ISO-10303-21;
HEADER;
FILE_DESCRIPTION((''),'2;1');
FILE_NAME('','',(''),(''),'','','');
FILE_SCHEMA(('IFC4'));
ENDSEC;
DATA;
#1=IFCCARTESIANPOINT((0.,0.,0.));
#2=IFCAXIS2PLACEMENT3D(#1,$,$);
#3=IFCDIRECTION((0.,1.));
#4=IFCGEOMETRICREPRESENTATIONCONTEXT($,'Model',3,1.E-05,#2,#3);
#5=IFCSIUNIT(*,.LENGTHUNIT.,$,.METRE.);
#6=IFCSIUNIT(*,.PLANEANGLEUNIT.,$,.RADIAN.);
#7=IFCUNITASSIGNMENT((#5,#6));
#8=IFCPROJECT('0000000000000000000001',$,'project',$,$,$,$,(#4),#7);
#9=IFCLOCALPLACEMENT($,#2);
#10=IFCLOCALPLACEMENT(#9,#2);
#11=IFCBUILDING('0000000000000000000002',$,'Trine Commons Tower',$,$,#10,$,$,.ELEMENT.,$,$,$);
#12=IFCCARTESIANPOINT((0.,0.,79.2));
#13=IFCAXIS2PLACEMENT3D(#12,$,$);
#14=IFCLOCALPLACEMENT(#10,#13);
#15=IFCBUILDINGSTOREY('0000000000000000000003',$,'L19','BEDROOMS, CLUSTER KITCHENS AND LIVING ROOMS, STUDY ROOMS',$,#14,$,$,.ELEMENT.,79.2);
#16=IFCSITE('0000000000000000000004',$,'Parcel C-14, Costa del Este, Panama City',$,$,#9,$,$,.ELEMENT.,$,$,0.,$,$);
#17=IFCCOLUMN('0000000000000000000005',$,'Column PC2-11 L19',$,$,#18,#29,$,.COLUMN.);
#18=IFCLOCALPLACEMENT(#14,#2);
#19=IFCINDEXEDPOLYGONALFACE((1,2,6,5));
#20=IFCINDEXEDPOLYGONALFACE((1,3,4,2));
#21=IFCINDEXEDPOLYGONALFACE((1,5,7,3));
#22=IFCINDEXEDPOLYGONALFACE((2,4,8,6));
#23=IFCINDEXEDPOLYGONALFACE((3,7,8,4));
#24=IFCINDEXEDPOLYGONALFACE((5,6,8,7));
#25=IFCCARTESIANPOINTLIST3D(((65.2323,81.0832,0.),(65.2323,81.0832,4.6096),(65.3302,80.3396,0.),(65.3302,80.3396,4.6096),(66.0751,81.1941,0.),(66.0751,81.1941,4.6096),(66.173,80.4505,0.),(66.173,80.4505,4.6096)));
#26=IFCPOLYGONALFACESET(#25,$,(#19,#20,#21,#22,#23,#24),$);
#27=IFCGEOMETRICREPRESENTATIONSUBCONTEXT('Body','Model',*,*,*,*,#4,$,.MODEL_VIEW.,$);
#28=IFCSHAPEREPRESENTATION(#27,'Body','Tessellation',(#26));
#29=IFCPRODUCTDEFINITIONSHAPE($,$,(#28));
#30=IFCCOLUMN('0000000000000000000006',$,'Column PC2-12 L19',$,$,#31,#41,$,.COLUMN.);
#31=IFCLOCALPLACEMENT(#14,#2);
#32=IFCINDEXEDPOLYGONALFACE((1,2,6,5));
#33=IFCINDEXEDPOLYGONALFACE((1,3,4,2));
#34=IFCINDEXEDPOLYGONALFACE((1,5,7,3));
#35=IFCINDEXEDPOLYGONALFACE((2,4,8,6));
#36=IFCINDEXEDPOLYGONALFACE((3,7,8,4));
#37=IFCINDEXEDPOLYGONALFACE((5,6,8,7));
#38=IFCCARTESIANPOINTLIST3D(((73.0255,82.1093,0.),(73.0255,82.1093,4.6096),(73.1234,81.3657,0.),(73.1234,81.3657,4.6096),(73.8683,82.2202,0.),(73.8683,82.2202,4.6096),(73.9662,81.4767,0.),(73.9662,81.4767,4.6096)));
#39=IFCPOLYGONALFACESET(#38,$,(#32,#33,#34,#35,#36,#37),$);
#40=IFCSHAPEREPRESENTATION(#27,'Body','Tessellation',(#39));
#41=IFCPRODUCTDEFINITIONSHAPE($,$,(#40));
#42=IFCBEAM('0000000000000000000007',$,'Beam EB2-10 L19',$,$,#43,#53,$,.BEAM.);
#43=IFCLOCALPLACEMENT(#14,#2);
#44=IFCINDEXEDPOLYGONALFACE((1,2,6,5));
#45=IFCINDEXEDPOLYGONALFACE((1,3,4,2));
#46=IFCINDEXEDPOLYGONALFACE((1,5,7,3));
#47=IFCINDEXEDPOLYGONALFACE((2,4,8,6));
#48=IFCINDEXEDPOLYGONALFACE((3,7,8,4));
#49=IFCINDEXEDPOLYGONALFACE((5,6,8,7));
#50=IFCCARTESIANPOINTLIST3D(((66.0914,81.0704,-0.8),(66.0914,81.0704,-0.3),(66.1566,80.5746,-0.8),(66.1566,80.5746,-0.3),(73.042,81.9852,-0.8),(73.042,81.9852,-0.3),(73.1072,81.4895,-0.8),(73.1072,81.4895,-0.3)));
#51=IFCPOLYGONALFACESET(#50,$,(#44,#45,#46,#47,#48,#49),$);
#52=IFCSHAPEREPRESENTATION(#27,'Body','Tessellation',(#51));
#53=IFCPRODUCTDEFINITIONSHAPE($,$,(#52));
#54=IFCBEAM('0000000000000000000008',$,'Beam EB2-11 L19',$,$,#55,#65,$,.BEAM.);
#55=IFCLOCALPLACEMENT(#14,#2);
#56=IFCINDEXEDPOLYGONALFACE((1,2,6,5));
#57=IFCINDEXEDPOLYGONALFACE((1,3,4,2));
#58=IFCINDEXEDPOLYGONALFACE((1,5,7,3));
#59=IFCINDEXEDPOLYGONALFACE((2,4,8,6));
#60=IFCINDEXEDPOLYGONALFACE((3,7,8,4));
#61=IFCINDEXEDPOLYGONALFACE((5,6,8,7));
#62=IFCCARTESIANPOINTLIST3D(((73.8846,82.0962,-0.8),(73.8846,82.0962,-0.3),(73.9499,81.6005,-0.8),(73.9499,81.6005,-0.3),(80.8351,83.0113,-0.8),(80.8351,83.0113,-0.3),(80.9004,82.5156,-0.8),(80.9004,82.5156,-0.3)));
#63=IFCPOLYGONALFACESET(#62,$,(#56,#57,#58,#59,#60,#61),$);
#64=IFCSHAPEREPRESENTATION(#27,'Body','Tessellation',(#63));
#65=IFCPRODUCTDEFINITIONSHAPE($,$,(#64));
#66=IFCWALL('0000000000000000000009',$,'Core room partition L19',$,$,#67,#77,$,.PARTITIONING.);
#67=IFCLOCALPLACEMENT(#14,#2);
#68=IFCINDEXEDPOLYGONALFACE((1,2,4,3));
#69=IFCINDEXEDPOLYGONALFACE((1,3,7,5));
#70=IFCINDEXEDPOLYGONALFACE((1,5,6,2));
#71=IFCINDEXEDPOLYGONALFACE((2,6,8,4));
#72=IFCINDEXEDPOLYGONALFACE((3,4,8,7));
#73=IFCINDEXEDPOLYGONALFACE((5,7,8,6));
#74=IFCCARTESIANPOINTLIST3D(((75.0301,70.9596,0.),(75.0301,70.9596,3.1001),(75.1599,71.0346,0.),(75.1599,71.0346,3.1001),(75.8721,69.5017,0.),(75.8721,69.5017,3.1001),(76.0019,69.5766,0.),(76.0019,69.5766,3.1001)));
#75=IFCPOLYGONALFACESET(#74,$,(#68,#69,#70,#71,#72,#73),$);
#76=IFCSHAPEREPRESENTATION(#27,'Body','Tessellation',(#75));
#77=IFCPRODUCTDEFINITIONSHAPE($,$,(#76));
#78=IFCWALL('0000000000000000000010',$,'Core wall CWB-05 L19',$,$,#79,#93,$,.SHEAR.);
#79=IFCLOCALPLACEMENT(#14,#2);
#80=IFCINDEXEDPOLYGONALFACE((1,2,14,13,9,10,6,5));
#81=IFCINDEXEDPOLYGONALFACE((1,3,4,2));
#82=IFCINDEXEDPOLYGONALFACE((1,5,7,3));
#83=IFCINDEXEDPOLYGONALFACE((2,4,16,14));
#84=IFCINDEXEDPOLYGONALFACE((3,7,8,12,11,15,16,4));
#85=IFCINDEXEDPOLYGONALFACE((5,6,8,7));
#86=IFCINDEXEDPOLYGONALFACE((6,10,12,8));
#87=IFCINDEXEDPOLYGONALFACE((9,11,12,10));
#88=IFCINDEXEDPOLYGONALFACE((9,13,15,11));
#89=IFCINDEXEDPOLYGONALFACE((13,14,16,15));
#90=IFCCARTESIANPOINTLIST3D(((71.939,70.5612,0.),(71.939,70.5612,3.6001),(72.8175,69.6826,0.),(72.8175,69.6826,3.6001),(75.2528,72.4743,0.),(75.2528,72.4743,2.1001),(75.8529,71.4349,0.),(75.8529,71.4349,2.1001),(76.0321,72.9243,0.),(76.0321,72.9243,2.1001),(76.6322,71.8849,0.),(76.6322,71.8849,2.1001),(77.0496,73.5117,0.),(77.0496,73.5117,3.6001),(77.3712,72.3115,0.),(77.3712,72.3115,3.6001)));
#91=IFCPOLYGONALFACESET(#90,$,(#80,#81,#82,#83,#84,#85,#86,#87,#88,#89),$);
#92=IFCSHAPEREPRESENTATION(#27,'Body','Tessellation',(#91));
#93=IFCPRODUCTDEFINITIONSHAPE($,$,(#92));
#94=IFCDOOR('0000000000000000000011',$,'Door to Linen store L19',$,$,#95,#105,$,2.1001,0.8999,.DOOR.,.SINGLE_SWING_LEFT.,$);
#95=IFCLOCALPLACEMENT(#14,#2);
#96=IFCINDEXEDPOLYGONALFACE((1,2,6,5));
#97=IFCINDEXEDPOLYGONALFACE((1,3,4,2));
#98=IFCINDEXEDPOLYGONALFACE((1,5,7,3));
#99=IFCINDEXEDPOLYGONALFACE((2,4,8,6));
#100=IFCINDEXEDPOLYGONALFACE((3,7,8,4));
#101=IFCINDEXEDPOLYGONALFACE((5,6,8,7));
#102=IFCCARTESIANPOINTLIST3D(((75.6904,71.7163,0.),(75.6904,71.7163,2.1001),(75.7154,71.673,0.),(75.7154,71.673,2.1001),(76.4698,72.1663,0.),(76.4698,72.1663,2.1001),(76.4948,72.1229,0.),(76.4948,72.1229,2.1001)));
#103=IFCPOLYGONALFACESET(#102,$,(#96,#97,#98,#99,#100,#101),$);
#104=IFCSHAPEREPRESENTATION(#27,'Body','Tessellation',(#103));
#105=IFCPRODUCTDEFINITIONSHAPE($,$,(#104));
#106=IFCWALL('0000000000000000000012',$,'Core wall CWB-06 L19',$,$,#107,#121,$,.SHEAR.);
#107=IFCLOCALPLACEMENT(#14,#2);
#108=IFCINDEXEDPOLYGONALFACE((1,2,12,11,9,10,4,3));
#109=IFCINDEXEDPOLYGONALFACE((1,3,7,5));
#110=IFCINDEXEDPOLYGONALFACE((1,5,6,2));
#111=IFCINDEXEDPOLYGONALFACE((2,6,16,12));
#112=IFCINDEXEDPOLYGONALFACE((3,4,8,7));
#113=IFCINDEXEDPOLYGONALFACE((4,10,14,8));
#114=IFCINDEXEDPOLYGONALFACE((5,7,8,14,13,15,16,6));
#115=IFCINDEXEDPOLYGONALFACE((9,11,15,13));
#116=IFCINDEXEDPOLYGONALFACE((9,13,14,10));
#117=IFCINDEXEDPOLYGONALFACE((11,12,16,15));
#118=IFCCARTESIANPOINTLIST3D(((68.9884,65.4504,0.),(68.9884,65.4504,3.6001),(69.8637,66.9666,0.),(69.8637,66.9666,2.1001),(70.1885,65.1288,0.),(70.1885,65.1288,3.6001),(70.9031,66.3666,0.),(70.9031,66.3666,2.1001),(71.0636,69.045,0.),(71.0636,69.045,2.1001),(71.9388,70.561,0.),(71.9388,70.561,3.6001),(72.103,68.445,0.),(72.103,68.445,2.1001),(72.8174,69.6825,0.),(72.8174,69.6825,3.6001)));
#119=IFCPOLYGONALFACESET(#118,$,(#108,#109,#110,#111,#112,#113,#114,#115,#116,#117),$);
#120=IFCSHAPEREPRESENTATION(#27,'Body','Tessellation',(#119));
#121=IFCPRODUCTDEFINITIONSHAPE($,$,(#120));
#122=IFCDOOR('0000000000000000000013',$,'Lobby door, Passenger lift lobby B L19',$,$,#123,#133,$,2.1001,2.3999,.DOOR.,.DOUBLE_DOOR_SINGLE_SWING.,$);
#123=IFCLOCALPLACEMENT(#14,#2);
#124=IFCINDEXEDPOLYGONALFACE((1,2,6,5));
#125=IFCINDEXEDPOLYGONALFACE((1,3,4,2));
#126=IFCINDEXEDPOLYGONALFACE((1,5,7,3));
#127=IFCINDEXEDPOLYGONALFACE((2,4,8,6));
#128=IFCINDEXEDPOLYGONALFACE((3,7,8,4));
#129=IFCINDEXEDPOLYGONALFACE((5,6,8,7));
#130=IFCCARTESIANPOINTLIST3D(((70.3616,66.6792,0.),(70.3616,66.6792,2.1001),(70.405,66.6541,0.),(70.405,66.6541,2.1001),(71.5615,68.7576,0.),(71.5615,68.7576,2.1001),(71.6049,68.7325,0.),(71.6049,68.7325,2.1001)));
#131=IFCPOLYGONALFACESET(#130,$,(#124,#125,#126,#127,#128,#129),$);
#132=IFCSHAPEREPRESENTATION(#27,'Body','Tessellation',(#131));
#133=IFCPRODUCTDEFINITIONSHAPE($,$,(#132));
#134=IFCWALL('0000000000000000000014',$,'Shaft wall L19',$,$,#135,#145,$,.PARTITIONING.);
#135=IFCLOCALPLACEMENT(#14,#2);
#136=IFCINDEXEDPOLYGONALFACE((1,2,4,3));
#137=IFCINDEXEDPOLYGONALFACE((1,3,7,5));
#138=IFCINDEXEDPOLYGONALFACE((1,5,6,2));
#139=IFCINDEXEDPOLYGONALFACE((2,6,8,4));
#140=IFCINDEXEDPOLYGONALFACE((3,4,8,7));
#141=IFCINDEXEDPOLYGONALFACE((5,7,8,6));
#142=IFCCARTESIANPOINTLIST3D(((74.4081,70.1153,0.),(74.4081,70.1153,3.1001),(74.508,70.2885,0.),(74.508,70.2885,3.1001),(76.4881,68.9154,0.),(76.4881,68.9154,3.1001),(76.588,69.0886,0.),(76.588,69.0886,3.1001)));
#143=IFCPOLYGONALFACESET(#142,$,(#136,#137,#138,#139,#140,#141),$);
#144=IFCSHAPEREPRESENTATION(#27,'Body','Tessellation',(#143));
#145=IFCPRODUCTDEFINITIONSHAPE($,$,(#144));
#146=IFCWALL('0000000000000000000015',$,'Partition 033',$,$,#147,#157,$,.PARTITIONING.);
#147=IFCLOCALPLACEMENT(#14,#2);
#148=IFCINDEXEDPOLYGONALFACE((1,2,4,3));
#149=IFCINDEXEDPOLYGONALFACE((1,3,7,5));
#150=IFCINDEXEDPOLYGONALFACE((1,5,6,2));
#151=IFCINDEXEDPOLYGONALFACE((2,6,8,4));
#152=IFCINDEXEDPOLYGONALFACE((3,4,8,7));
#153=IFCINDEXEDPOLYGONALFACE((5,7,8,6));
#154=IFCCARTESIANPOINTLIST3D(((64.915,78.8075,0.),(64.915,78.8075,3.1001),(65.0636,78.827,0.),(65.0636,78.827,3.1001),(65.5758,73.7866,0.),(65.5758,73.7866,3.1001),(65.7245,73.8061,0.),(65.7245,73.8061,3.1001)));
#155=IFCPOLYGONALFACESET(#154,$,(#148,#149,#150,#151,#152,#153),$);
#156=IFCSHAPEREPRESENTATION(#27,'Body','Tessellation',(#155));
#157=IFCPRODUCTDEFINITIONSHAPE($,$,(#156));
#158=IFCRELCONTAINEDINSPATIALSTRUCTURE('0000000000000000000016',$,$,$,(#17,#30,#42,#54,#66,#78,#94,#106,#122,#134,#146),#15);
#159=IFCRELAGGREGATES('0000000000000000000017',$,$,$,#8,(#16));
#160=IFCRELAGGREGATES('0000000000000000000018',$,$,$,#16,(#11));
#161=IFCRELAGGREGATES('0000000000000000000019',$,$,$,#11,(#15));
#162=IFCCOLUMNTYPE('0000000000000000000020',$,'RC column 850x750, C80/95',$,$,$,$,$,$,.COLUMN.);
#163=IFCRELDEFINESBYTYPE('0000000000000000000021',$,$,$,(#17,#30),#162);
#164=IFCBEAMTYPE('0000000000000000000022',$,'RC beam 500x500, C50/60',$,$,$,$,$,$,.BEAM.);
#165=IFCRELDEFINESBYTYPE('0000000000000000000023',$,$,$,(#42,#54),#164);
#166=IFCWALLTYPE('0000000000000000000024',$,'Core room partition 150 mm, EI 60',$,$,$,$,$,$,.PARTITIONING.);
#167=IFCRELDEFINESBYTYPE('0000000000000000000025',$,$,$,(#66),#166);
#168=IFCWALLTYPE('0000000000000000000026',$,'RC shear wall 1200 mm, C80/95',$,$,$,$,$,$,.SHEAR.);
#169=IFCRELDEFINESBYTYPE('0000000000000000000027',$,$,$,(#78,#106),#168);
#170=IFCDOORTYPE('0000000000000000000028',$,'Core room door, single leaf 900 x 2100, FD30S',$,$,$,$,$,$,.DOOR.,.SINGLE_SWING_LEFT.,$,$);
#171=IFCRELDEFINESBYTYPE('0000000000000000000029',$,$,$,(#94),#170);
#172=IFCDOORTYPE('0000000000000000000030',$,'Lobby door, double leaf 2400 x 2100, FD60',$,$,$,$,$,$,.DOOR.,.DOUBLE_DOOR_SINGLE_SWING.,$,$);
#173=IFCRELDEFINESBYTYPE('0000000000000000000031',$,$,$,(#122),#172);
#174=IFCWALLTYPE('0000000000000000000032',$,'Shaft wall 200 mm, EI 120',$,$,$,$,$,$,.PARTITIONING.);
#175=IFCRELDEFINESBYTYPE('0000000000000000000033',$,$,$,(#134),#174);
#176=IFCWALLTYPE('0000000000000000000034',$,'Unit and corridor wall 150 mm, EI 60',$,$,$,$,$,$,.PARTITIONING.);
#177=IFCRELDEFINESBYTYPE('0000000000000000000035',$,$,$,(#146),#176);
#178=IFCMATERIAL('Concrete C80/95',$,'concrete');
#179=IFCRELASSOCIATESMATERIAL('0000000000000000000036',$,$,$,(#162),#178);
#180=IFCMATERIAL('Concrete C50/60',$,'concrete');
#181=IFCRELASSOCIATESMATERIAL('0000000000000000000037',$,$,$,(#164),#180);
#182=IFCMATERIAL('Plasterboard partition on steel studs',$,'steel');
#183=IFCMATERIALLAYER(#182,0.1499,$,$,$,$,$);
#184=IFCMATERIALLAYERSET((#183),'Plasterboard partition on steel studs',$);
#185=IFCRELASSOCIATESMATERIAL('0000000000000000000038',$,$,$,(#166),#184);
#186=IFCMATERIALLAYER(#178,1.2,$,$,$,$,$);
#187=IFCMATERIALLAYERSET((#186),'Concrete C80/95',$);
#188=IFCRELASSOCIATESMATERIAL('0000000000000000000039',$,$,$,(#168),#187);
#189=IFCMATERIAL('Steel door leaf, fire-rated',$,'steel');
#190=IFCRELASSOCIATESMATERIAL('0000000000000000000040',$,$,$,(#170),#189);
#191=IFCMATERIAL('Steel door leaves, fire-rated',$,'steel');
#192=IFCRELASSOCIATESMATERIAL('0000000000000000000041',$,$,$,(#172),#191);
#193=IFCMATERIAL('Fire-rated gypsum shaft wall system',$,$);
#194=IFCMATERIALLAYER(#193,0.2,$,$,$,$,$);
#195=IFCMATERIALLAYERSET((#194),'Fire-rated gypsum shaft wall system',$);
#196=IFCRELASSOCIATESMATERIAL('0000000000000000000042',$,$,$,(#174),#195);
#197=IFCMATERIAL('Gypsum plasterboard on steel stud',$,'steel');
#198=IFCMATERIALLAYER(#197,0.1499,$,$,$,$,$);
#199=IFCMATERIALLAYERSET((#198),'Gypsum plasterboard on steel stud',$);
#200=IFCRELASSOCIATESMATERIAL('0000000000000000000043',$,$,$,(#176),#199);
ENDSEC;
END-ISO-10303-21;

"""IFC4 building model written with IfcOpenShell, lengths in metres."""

from ifc_helpers import new_model, si_unit, direction, frame, frame_2d, origin, origin_2d, place, context, subcontext, project, spatial, polyline, rectangle, outline, extrude, material, layer, layer_set, material_profile, profile_set, type_object, element, fill, save


model = new_model("IFC4")

# Units and contexts
model_context = context("Model", 3, precision=1e-05, world=origin(), true_north=direction((0.0, 1.0)))
body_context = subcontext(model_context, "Body", "Model", "MODEL_VIEW")
ifc_project = project(units=[si_unit("LENGTHUNIT", "METRE"), si_unit("PLANEANGLEUNIT", "RADIAN")], contexts=[model_context])

# Site, building, storey
site_placement = place(None, origin())
site = spatial("IfcSite", under=ifc_project, at=site_placement, Name="Parcel C-14, Costa del Este, Panama City", CompositionType="ELEMENT", RefElevation=0.0)
building_placement = place(site_placement, origin())
building = spatial("IfcBuilding", under=site, at=building_placement, Name="Trine Commons Tower", CompositionType="ELEMENT")
storey_placement = place(building_placement, frame((0.0, 0.0, 79.2)))
storey = spatial("IfcBuildingStorey", under=building, at=storey_placement, Name="L19", Description="BEDROOMS, CLUSTER KITCHENS AND LIVING ROOMS, STUDY ROOMS", CompositionType="ELEMENT", Elevation=79.2)

# Columns
ifc_material_1 = material(Name="Concrete C80/95", Category="concrete")
ifc_material_profile_1 = material_profile(ifc_material_1, rectangle(XDim=0.8501, YDim=0.75, at=origin_2d()), Name="RC 850x750")
ifc_profile_set_1 = profile_set([ifc_material_profile_1], Name="Concrete C80/95")
column_type = type_object("IfcColumnType", Name="RC column 850x750, C80/95", PredefinedType="COLUMN", material=ifc_profile_set_1)
for number, where, z_axis, x_axis, name in (
    (1, (65.7026, 80.7668, 0.0), (0.0, 0.0, 1.0), (0.991445, 0.130526, 0.0), "Column PC2-11 L19"),
    (2, (73.4958, 81.793, 0.0), (0.0, 0.0, 1.0), (0.991445, 0.130526, 0.0), "Column PC2-12 L19"),
):
    element("IfcColumn", number, at=place(storey_placement, frame(where, z_axis=z_axis, x_axis=x_axis)), inside=storey, type_object=column_type, Name=name, PredefinedType="COLUMN", context=body_context, shape_type="SweptSolid", body=[
        extrude(rectangle(XDim=0.8501, YDim=0.75, at=origin_2d()), origin(), (0.0, 0.0, 1.0), 4.6096),
    ])

# Beams
ifc_material_2 = material(Name="Concrete C50/60", Category="concrete")
ifc_material_profile_2 = material_profile(ifc_material_2, rectangle(XDim=0.5, YDim=0.5, at=origin_2d()), Name="RC 500x500")
ifc_profile_set_2 = profile_set([ifc_material_profile_2], Name="Concrete C50/60")
beam_type = type_object("IfcBeamType", Name="RC beam 500x500, C50/60", PredefinedType="BEAM", material=ifc_profile_set_2)
for number, where, z_axis, x_axis, name in (
    (3, (66.124, 80.8225, -0.55), (0.991449, 0.130491, 0.0), (-0.130491, 0.991449, 0.0), "Beam EB2-10 L19"),
    (4, (73.9172, 81.8484, -0.55), (0.991445, 0.130526, 0.0), (-0.130526, 0.991445, 0.0), "Beam EB2-11 L19"),
):
    element("IfcBeam", number, at=place(storey_placement, frame(where, z_axis=z_axis, x_axis=x_axis)), inside=storey, type_object=beam_type, Name=name, PredefinedType="BEAM", context=body_context, shape_type="SweptSolid", body=[
        extrude(rectangle(XDim=0.5, YDim=0.5, at=origin_2d()), origin(), (0.0, 0.0, 1.0), 7.0105),
    ])

# Wall
ifc_material_3 = material(Name="Plasterboard partition on steel studs", Category="steel")
ifc_layer_1 = layer(ifc_material_3, 0.1499)
ifc_layer_set_1 = layer_set([ifc_layer_1], Name="Plasterboard partition on steel studs")
wall_type_1 = type_object("IfcWallType", Name="Core room partition 150 mm, EI 60", PredefinedType="PARTITIONING", material=ifc_layer_set_1)
wall_1_placement = place(storey_placement, frame((75.095, 70.9971, 0.0), z_axis=(0.0, 0.0, 1.0), x_axis=(0.500116, -0.865959, 0.0)))
element("IfcWall", 5, at=wall_1_placement, inside=storey, type_object=wall_type_1, Name="Core room partition L19", PredefinedType="PARTITIONING", context=body_context, shape_type="SweptSolid", body=[
    extrude(rectangle(XDim=1.6836, YDim=0.1499, at=frame_2d((0.8418, 0.0))), origin(), (0.0, 0.0, 1.0), 3.1001),
])

# Walls, openings, doors
ifc_layer_2 = layer(ifc_material_1, 1.2)
ifc_layer_set_2 = layer_set([ifc_layer_2], Name="Concrete C80/95")
wall_type_2 = type_object("IfcWallType", Name="RC shear wall 1200 mm, C80/95", PredefinedType="SHEAR", material=ifc_layer_set_2)
wall_2_placement = place(storey_placement, frame((77.3496, 72.9919, 0.0), z_axis=(0.0, 0.0, 1.0), x_axis=(-0.866037, -0.499979, 0.0)))
wall_2 = element("IfcWall", 6, at=wall_2_placement, inside=storey, type_object=wall_type_2, Name="Core wall CWB-05 L19", PredefinedType="SHEAR", context=body_context, shape_type="SweptSolid", body=[
    extrude(outline(polyline([(0.0, -0.6001), (5.9011, -0.6001), (5.5796, 0.6001), (0.3215, 0.6001), (0.0, -0.6001)])), origin(), (0.0, 0.0, 1.0), 3.6001),
])
opening_1_placement = place(wall_2_placement, frame((1.1748, 0.0, 0.0)))
opening_1 = element("IfcOpeningElement", 7, at=opening_1_placement, cuts=wall_2, PredefinedType="OPENING", context=body_context, shape_type="SweptSolid", body=[
    extrude(rectangle(XDim=0.8999, YDim=2.1001, at=frame_2d((0.45, 1.05))), frame((0.0, 0.6099, 0.0), z_axis=(0.0, -1.0, 0.0), x_axis=(1.0, 0.0, 0.0)), (0.0, 0.0, 1.0), 1.22),
])
ifc_material_4 = material(Name="Steel door leaf, fire-rated", Category="steel")
door_type_1 = type_object("IfcDoorType", Name="Core room door, single leaf 900 x 2100, FD30S", OperationType="SINGLE_SWING_LEFT", PredefinedType="DOOR", material=ifc_material_4)
door_1_placement = place(opening_1_placement, origin())
door_1 = element("IfcDoor", 8, at=door_1_placement, inside=storey, type_object=door_type_1, Name="Door to Linen store L19", OperationType="SINGLE_SWING_LEFT", OverallHeight=2.1001, OverallWidth=0.8999, PredefinedType="DOOR", context=body_context, shape_type="SweptSolid", body=[
    extrude(rectangle(XDim=0.8999, YDim=2.1001, at=frame_2d((0.45, 1.05))), frame((0.0, 0.3252, 0.0), z_axis=(0.0, -1.0, 0.0), x_axis=(1.0, 0.0, 0.0)), (0.0, 0.0, 1.0), 0.05),
])
fill(opening_1, door_1)
wall_3_placement = place(storey_placement, frame((72.4585, 70.261, 0.0), z_axis=(0.0, 0.0, 1.0), x_axis=(-0.499979, -0.866037, 0.0)))
wall_3 = element("IfcWall", 9, at=wall_3_placement, inside=storey, type_object=wall_type_2, Name="Core wall CWB-06 L19", PredefinedType="SHEAR", context=body_context, shape_type="SweptSolid", body=[
    extrude(outline(polyline([(0.0, -0.6001), (5.9011, -0.6001), (5.5796, 0.6001), (0.3215, 0.6001), (0.0, -0.6001)])), origin(), (0.0, 0.0, 1.0), 3.6001),
])
opening_2_placement = place(wall_3_placement, frame((1.7505, 0.0, 0.0)))
opening_2 = element("IfcOpeningElement", 10, at=opening_2_placement, cuts=wall_3, PredefinedType="OPENING", context=body_context, shape_type="SweptSolid", body=[
    extrude(rectangle(XDim=2.3999, YDim=2.1001, at=frame_2d((1.2, 1.05))), frame((0.0, 0.6099, 0.0), z_axis=(0.0, -1.0, 0.0), x_axis=(1.0, 0.0, 0.0)), (0.0, 0.0, 1.0), 1.22),
])
ifc_material_5 = material(Name="Steel door leaves, fire-rated", Category="steel")
door_type_2 = type_object("IfcDoorType", Name="Lobby door, double leaf 2400 x 2100, FD60", OperationType="DOUBLE_DOOR_SINGLE_SWING", PredefinedType="DOOR", material=ifc_material_5)
door_2_placement = place(opening_2_placement, origin())
door_2 = element("IfcDoor", 11, at=door_2_placement, inside=storey, type_object=door_type_2, Name="Lobby door, Passenger lift lobby B L19", OperationType="DOUBLE_DOOR_SINGLE_SWING", OverallHeight=2.1001, OverallWidth=2.3999, PredefinedType="DOOR", context=body_context, shape_type="SweptSolid", body=[
    extrude(rectangle(XDim=2.3999, YDim=2.1001, at=frame_2d((1.2, 1.05))), frame((0.0, 0.0249, 0.0), z_axis=(0.0, -1.0, 0.0), x_axis=(1.0, 0.0, 0.0)), (0.0, 0.0, 1.0), 0.05),
])
fill(opening_2, door_2)

# Walls
ifc_material_6 = material(Name="Fire-rated gypsum shaft wall system")
ifc_layer_3 = layer(ifc_material_6, 0.2)
ifc_layer_set_3 = layer_set([ifc_layer_3], Name="Fire-rated gypsum shaft wall system")
wall_type_3 = type_object("IfcWallType", Name="Shaft wall 200 mm, EI 120", PredefinedType="PARTITIONING", material=ifc_layer_set_3)
wall_4_placement = place(storey_placement, frame((76.5381, 69.002, 0.0), z_axis=(0.0, 0.0, 1.0), x_axis=(-0.866203, 0.499693, 0.0)))
element("IfcWall", 12, at=wall_4_placement, inside=storey, type_object=wall_type_3, Name="Shaft wall L19", PredefinedType="PARTITIONING", context=body_context, shape_type="SweptSolid", body=[
    extrude(rectangle(XDim=2.4014, YDim=0.2, at=frame_2d((1.2007, 0.0))), origin(), (0.0, 0.0, 1.0), 3.1001),
])
ifc_material_7 = material(Name="Gypsum plasterboard on steel stud", Category="steel")
ifc_layer_4 = layer(ifc_material_7, 0.1499)
ifc_layer_set_4 = layer_set([ifc_layer_4], Name="Gypsum plasterboard on steel stud")
wall_type_4 = type_object("IfcWallType", Name="Unit and corridor wall 150 mm, EI 60", PredefinedType="PARTITIONING", material=ifc_layer_set_4)
wall_5_placement = place(storey_placement, frame((64.9893, 78.8174, 0.0), z_axis=(0.0, 0.0, 1.0), x_axis=(0.130499, -0.991448, 0.0)))
element("IfcWall", 13, at=wall_5_placement, inside=storey, type_object=wall_type_4, Name="Partition 033", PredefinedType="PARTITIONING", context=body_context, shape_type="SweptSolid", body=[
    extrude(rectangle(XDim=5.0642, YDim=0.1499, at=frame_2d((2.5322, 0.0))), origin(), (0.0, 0.0, 1.0), 3.1001),
])

save(model, "model.ifc")
